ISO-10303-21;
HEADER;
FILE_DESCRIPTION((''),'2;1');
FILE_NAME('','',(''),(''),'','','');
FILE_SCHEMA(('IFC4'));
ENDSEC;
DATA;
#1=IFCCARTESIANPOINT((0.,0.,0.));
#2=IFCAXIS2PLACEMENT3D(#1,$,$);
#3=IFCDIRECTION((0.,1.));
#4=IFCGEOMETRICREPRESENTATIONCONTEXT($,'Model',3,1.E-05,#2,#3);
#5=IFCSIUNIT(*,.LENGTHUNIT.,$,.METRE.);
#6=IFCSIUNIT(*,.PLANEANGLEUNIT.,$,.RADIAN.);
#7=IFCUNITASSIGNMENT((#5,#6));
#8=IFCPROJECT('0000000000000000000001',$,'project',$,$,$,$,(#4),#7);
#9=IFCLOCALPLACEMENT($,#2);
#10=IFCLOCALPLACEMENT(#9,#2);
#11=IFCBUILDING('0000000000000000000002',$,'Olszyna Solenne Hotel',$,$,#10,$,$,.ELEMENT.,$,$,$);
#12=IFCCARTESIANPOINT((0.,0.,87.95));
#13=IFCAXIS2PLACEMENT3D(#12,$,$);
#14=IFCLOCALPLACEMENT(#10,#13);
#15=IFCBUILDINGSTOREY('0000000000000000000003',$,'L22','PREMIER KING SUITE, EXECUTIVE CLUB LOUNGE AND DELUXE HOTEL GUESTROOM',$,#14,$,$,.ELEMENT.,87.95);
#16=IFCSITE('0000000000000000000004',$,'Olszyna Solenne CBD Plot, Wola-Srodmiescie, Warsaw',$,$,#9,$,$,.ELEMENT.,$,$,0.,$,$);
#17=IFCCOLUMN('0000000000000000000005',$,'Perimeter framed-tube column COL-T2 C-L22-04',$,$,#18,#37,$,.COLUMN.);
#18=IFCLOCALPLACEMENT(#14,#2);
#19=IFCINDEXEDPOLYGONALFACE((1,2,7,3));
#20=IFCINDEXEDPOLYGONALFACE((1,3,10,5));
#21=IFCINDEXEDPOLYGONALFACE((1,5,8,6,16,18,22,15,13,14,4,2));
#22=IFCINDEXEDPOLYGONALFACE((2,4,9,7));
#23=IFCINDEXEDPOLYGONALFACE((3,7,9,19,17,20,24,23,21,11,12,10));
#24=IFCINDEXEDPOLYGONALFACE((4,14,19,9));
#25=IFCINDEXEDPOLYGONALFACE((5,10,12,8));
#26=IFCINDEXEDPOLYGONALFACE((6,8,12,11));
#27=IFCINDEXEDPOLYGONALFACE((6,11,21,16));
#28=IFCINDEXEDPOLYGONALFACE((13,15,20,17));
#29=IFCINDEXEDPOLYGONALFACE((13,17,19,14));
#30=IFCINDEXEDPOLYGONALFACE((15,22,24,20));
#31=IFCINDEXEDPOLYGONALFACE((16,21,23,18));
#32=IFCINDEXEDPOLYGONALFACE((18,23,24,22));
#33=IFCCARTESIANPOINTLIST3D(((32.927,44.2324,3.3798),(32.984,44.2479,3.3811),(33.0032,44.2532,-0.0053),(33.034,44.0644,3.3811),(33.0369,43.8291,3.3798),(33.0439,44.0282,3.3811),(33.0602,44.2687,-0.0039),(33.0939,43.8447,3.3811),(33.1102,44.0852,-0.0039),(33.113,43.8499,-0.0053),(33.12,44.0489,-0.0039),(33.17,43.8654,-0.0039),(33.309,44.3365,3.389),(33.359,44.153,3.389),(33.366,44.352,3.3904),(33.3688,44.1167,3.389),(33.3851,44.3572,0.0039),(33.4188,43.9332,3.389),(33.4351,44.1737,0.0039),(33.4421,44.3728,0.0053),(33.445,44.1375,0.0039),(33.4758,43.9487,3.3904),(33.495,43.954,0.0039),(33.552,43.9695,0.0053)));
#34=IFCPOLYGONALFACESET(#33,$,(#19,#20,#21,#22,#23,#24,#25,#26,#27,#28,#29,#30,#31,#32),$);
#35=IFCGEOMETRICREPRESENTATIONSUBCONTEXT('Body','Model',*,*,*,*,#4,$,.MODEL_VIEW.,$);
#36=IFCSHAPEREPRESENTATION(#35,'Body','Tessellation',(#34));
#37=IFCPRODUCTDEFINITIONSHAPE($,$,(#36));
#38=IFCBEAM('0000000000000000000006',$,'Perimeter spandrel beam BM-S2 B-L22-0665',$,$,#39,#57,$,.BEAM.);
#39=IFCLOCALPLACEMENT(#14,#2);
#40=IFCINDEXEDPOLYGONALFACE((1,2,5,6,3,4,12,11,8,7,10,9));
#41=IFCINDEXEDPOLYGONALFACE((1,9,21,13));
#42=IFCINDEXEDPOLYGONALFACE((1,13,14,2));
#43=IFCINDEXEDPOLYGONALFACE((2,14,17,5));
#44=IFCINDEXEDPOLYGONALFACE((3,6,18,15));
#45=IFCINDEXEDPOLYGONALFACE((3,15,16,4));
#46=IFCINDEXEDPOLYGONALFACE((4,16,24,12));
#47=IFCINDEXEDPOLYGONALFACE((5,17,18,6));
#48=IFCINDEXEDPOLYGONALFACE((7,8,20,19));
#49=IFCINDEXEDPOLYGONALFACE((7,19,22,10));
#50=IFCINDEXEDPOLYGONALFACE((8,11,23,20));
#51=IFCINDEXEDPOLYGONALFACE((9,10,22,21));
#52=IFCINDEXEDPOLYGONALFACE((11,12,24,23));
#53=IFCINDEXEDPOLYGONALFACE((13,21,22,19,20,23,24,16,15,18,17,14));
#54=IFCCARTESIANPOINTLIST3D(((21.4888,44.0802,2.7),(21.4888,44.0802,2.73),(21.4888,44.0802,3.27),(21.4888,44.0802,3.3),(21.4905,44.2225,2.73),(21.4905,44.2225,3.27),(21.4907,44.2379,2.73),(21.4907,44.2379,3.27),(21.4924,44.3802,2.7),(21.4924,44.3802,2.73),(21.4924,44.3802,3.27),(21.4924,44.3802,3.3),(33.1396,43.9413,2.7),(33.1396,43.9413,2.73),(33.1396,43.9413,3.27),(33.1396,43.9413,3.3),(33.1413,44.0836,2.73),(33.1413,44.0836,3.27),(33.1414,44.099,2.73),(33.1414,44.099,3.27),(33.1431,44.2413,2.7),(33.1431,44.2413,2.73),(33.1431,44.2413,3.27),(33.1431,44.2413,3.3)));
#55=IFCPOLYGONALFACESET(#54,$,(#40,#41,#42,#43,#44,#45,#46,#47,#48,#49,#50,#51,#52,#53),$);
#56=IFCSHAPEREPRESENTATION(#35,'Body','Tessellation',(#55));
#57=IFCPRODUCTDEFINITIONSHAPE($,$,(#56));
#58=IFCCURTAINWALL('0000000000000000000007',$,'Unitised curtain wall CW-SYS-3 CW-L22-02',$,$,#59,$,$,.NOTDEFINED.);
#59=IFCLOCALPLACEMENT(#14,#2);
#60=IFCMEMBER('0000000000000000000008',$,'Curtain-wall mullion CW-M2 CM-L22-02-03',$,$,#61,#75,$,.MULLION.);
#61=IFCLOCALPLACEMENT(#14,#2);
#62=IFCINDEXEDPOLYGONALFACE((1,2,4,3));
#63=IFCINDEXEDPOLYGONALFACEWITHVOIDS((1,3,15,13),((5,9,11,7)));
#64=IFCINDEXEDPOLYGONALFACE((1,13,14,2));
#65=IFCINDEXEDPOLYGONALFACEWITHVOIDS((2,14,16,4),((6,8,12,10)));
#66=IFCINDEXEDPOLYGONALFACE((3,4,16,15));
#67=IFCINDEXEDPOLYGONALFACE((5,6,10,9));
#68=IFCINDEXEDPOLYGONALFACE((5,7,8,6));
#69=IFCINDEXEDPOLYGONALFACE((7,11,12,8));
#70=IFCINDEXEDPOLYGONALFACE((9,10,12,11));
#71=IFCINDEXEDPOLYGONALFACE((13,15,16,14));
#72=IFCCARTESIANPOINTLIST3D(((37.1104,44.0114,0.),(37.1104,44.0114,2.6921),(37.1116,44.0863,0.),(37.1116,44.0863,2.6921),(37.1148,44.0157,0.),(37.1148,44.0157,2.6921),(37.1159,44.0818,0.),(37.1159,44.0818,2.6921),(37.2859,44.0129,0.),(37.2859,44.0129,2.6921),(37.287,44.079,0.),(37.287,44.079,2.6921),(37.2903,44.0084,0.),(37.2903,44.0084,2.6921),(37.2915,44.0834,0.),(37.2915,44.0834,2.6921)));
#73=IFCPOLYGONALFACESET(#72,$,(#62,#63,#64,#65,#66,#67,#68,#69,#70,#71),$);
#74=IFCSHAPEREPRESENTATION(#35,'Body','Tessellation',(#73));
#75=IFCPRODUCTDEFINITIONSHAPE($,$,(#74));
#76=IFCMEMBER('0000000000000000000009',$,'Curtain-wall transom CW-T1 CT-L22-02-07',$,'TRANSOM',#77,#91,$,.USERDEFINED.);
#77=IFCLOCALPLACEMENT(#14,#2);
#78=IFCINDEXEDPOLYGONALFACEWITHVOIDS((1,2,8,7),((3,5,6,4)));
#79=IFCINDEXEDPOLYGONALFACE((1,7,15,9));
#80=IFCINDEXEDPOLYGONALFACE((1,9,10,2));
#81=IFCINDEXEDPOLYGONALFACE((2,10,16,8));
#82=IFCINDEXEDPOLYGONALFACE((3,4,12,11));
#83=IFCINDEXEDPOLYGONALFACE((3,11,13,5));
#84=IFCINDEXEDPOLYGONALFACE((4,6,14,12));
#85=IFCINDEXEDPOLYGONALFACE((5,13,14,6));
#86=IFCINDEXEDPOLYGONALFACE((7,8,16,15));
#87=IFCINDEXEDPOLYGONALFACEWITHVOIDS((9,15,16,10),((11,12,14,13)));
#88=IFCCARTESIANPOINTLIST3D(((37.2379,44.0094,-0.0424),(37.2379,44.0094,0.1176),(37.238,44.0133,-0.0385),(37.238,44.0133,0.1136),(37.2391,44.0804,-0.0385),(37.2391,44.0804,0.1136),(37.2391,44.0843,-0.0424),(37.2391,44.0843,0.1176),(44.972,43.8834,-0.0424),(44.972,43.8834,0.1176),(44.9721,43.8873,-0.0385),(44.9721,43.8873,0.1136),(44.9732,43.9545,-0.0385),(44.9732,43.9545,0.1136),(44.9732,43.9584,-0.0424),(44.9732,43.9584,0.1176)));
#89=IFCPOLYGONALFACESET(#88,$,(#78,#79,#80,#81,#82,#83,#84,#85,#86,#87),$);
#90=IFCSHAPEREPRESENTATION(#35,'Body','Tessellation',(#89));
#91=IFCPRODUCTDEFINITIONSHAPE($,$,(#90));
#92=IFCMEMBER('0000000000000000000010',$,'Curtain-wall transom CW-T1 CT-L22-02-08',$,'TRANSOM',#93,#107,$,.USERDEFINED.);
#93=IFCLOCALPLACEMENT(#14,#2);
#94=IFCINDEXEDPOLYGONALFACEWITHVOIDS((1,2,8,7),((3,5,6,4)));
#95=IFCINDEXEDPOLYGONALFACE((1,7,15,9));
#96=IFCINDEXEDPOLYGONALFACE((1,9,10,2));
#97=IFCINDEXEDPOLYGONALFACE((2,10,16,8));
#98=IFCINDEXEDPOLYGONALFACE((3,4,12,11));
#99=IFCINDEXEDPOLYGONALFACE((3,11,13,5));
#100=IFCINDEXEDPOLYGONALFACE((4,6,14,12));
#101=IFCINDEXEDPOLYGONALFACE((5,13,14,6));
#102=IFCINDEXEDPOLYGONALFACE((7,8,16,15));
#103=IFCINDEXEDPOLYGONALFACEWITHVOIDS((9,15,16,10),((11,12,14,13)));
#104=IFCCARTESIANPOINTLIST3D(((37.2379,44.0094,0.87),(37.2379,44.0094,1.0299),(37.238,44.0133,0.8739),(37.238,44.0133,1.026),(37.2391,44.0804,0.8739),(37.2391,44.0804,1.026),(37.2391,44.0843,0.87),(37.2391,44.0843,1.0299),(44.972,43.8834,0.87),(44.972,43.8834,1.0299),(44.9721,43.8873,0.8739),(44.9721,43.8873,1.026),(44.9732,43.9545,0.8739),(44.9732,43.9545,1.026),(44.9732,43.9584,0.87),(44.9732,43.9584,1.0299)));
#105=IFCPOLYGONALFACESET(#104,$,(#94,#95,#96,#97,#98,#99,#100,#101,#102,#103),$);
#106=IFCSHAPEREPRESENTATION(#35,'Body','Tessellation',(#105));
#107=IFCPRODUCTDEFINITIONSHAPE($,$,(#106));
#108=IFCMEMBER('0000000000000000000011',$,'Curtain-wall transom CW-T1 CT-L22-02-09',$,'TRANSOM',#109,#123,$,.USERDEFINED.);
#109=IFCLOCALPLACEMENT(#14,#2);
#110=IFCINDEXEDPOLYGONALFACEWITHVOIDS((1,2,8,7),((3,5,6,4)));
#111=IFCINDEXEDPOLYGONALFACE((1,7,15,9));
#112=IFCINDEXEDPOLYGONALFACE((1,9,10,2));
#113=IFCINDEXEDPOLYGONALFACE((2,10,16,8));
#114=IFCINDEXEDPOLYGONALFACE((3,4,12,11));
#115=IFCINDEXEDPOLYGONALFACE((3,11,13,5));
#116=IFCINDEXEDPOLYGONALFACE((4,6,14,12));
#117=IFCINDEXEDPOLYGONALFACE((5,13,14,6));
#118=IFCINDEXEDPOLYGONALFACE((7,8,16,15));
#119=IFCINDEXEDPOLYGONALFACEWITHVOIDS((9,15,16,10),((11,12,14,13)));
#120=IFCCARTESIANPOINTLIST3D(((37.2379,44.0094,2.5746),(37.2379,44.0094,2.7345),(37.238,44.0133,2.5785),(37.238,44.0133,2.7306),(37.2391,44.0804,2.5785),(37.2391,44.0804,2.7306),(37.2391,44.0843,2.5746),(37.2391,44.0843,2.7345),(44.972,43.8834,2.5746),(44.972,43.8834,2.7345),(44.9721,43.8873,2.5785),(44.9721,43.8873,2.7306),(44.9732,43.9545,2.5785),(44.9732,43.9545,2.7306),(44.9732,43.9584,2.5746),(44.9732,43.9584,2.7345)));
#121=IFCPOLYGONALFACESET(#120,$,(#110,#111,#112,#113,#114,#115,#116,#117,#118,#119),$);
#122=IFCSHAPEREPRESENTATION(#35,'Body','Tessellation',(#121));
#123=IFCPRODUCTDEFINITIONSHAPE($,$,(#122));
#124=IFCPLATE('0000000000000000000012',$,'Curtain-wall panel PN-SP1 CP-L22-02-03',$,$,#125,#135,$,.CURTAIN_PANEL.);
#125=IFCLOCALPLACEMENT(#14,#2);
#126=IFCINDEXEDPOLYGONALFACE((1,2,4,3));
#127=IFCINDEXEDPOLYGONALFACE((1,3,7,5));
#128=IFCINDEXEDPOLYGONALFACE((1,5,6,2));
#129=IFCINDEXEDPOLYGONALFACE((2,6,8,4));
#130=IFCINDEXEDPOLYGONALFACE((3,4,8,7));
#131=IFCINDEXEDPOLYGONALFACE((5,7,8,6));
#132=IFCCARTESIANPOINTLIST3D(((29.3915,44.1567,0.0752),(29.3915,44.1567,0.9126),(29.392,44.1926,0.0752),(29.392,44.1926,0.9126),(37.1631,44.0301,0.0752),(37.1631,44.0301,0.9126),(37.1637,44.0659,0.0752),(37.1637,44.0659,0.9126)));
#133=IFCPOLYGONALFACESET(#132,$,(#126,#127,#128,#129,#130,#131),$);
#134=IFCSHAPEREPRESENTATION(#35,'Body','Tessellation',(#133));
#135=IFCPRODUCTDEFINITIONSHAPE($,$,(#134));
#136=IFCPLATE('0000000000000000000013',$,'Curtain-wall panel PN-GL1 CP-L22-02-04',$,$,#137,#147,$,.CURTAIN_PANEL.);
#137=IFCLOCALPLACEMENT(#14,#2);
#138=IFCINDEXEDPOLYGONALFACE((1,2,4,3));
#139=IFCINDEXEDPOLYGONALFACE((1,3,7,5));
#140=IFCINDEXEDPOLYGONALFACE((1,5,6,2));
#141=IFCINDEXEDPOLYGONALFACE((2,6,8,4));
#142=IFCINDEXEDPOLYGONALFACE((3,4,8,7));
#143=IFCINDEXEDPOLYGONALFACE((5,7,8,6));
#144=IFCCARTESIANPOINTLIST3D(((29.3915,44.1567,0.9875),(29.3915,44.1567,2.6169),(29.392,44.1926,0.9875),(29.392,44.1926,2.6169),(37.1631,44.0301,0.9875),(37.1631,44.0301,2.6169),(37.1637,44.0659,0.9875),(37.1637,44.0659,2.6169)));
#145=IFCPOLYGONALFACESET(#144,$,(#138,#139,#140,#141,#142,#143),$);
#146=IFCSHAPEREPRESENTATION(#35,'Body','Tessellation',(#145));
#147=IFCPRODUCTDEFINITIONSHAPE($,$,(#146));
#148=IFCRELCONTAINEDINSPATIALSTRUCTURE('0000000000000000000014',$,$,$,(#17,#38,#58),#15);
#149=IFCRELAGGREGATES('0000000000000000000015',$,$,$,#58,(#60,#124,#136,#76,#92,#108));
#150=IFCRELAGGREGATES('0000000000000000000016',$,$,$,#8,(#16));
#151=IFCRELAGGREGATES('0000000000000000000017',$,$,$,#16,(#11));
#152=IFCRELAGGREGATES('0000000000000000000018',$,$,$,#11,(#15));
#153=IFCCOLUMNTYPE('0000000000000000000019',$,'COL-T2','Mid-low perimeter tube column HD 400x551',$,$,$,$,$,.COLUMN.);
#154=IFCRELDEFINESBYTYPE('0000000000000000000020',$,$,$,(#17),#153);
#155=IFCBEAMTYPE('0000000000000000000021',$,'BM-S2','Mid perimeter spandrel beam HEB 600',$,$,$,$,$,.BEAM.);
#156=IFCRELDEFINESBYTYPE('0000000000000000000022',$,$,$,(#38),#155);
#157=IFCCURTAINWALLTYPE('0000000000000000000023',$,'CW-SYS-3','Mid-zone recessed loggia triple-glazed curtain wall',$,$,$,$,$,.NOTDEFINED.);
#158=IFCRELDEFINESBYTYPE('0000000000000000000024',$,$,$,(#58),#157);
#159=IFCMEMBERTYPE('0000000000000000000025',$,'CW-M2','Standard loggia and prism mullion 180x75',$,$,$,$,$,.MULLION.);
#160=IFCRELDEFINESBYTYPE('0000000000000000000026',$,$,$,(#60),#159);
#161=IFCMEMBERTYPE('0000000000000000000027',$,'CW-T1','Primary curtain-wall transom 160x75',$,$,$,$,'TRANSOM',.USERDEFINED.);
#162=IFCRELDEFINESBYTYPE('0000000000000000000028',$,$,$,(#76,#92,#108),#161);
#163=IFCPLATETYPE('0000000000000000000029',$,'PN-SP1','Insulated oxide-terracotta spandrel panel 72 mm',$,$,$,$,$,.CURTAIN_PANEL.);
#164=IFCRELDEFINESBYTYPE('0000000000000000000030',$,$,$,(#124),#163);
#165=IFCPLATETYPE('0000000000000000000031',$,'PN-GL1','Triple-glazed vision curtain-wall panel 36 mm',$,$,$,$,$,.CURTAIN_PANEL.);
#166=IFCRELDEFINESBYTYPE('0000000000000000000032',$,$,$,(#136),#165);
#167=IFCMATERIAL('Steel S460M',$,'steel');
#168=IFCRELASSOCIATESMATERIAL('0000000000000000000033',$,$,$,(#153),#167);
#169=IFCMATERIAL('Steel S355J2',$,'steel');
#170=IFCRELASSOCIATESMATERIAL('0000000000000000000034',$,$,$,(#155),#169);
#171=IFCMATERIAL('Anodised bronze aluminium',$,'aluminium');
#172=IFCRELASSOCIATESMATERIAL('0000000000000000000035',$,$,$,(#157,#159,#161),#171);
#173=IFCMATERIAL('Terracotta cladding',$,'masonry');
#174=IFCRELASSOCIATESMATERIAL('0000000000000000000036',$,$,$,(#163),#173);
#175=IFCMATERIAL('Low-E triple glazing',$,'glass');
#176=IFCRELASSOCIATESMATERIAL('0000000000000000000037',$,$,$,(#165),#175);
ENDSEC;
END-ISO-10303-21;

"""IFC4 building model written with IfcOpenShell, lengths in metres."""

from ifc_helpers import new_model, si_unit, direction, frame, origin, origin_2d, place, context, subcontext, project, spatial, rectangle, hollow_rectangle, i_section, extrude, source, transform, mapped, material, material_profile, profile_set, type_object, element, aggregate, save


model = new_model("IFC4")

# Units and contexts
model_context = context("Model", 3, precision=1e-05, world=origin(), true_north=direction((0.0, 1.0)))
body_context = subcontext(model_context, "Body", "Model", "MODEL_VIEW")
ifc_project = project(units=[si_unit("LENGTHUNIT", "METRE"), si_unit("PLANEANGLEUNIT", "RADIAN")], contexts=[model_context])

# Site, building, storey
site_placement = place(None, origin())
site = spatial("IfcSite", under=ifc_project, at=site_placement, Name="Olszyna Solenne CBD Plot, Wola-Srodmiescie, Warsaw", CompositionType="ELEMENT", RefElevation=0.0)
building_placement = place(site_placement, origin())
building = spatial("IfcBuilding", under=site, at=building_placement, Name="Olszyna Solenne Hotel", CompositionType="ELEMENT")
storey_placement = place(building_placement, frame((0.0, 0.0, 87.95)))
storey = spatial("IfcBuildingStorey", under=building, at=storey_placement, Name="L22", Description="PREMIER KING SUITE, EXECUTIVE CLUB LOUNGE AND DELUXE HOTEL GUESTROOM", CompositionType="ELEMENT", Elevation=87.95)

# Column
ifc_material_1 = material(Name="Steel S460M", Category="steel")
ifc_material_profile_1 = material_profile(ifc_material_1, i_section(OverallWidth=0.418, OverallDepth=0.4551, WebThickness=0.0376, FlangeThickness=0.0591, at=origin_2d()), Name="HD 400x551", Category="load-bearing")
ifc_profile_set_1 = profile_set([ifc_material_profile_1], Name="Steel S460M")
column_type = type_object("IfcColumnType", Name="COL-T2", Description="Mid-low perimeter tube column HD 400x551", PredefinedType="COLUMN", material=ifc_profile_set_1)
shared_shape_1 = source(origin(), body_context, "Body", "SweptSolid", [
    extrude(i_section(OverallWidth=0.418, OverallDepth=0.4551, WebThickness=0.0376, FlangeThickness=0.0591, at=origin_2d()), origin(), (0.0, 0.0, 1.0), 3.386),
])
column_placement = place(storey_placement, frame((33.2776, 44.1113, 0.0), z_axis=(-0.022497, -0.006129, 0.999728), x_axis=(0.262856, -0.964835, 0.0)))
element("IfcColumn", 1, at=column_placement, inside=storey, type_object=column_type, Name="Perimeter framed-tube column COL-T2 C-L22-04", PredefinedType="COLUMN", context=body_context, shape_type="MappedRepresentation", body=[
    mapped(shared_shape_1, transform((0.0, 0.0, 0.0), x_axis=(1.0, 0.0, 0.0), y_axis=(0.0, 1.0, 0.0), z_axis=(0.0, 0.0, 1.0), scale=1.0)),
])

# Beam
ifc_material_2 = material(Name="Steel S355J2", Category="steel")
ifc_material_profile_2 = material_profile(ifc_material_2, i_section(OverallWidth=0.3, OverallDepth=0.6001, WebThickness=0.0154, FlangeThickness=0.03, at=origin_2d()), Name="HEB 600", Category="load-bearing")
ifc_profile_set_2 = profile_set([ifc_material_profile_2], Name="Steel S355J2")
beam_type = type_object("IfcBeamType", Name="BM-S2", Description="Mid perimeter spandrel beam HEB 600", PredefinedType="BEAM", material=ifc_profile_set_2)
shared_shape_2 = source(origin(), body_context, "Body", "SweptSolid", [
    extrude(i_section(OverallWidth=0.3, OverallDepth=0.6001, WebThickness=0.0154, FlangeThickness=0.03, at=origin_2d()), origin(), (0.0, 0.0, 1.0), 11.6516),
])
beam_placement = place(storey_placement, frame((33.1414, 44.0913, 3.0), z_axis=(-0.999929, 0.011922, 0.0), x_axis=(-0.011922, -0.999929, 0.0)))
element("IfcBeam", 2, at=beam_placement, inside=storey, type_object=beam_type, Name="Perimeter spandrel beam BM-S2 B-L22-0665", PredefinedType="BEAM", context=body_context, shape_type="MappedRepresentation", body=[
    mapped(shared_shape_2, transform((0.0, 0.0, 0.0), x_axis=(1.0, 0.0, 0.0), y_axis=(0.0, 1.0, 0.0), z_axis=(0.0, 0.0, 1.0), scale=1.0)),
])

# Curtain wall, members, plates
ifc_material_3 = material(Name="Anodised bronze aluminium", Category="aluminium")
curtain_wall_type = type_object("IfcCurtainWallType", Name="CW-SYS-3", Description="Mid-zone recessed loggia triple-glazed curtain wall", PredefinedType="NOTDEFINED", material=ifc_material_3)
curtain_wall_placement = place(storey_placement, origin())
curtain_wall = element("IfcCurtainWall", 3, at=curtain_wall_placement, inside=storey, type_object=curtain_wall_type, Name="Unitised curtain wall CW-SYS-3 CW-L22-02", PredefinedType="NOTDEFINED")
ifc_material_profile_3 = material_profile(ifc_material_3, hollow_rectangle(XDim=0.075, YDim=0.1799, WallThickness=0.0044, at=origin_2d()), Name="MULL 180x75x4.5", Category="load-bearing")
ifc_profile_set_3 = profile_set([ifc_material_profile_3], Name="Anodised bronze aluminium")
member_type_1 = type_object("IfcMemberType", Name="CW-M2", Description="Standard loggia and prism mullion 180x75", PredefinedType="MULLION", material=ifc_profile_set_3)
shared_shape_3 = source(origin(), body_context, "Body", "SweptSolid", [
    extrude(hollow_rectangle(XDim=0.075, YDim=0.1799, WallThickness=0.0044, at=origin_2d()), origin(), (0.0, 0.0, 1.0), 2.6921),
])
member_1_placement = place(storey_placement, frame((37.2009, 44.0474, 0.0), z_axis=(0.0, 0.0, 1.0), x_axis=(0.016293, 0.999867, 0.0)))
member_1 = element("IfcMember", 4, at=member_1_placement, type_object=member_type_1, Name="Curtain-wall mullion CW-M2 CM-L22-02-03", PredefinedType="MULLION", context=body_context, shape_type="MappedRepresentation", body=[
    mapped(shared_shape_3, transform((0.0, 0.0, 0.0), x_axis=(1.0, 0.0, 0.0), y_axis=(0.0, 1.0, 0.0), z_axis=(0.0, 0.0, 1.0), scale=1.0)),
])
ifc_material_profile_4 = material_profile(ifc_material_3, hollow_rectangle(XDim=0.075, YDim=0.1599, WallThickness=0.0039, at=origin_2d()), Name="TRAN 160x75x4", Category="load-bearing")
ifc_profile_set_4 = profile_set([ifc_material_profile_4], Name="Anodised bronze aluminium")
member_type_2 = type_object("IfcMemberType", Name="CW-T1", Description="Primary curtain-wall transom 160x75", ElementType="TRANSOM", PredefinedType="USERDEFINED", material=ifc_profile_set_4)
shared_shape_4 = source(origin(), body_context, "Body", "SweptSolid", [
    extrude(hollow_rectangle(XDim=0.075, YDim=0.1599, WallThickness=0.0039, at=origin_2d()), origin(), (0.0, 0.0, 1.0), 7.7351),
])
member_2_placement = place(storey_placement, frame((37.2385, 44.0469, 0.0376), z_axis=(0.999867, -0.016286, 0.0), x_axis=(0.016286, 0.999867, 0.0)))
member_2 = element("IfcMember", 5, at=member_2_placement, type_object=member_type_2, Name="Curtain-wall transom CW-T1 CT-L22-02-07", ObjectType="TRANSOM", PredefinedType="USERDEFINED", context=body_context, shape_type="MappedRepresentation", body=[
    mapped(shared_shape_4, transform((0.0, 0.0, 0.0), x_axis=(1.0, 0.0, 0.0), y_axis=(0.0, 1.0, 0.0), z_axis=(0.0, 0.0, 1.0), scale=1.0)),
])
member_3_placement = place(storey_placement, frame((37.2385, 44.0469, 0.95), z_axis=(0.999867, -0.016286, 0.0), x_axis=(0.016286, 0.999867, 0.0)))
member_3 = element("IfcMember", 6, at=member_3_placement, type_object=member_type_2, Name="Curtain-wall transom CW-T1 CT-L22-02-08", ObjectType="TRANSOM", PredefinedType="USERDEFINED", context=body_context, shape_type="MappedRepresentation", body=[
    mapped(shared_shape_4, transform((0.0, 0.0, 0.0), x_axis=(1.0, 0.0, 0.0), y_axis=(0.0, 1.0, 0.0), z_axis=(0.0, 0.0, 1.0), scale=1.0)),
])
member_4_placement = place(storey_placement, frame((37.2385, 44.0469, 2.6545), z_axis=(0.999867, -0.016286, 0.0), x_axis=(0.016286, 0.999867, 0.0)))
member_4 = element("IfcMember", 7, at=member_4_placement, type_object=member_type_2, Name="Curtain-wall transom CW-T1 CT-L22-02-09", ObjectType="TRANSOM", PredefinedType="USERDEFINED", context=body_context, shape_type="MappedRepresentation", body=[
    mapped(shared_shape_4, transform((0.0, 0.0, 0.0), x_axis=(1.0, 0.0, 0.0), y_axis=(0.0, 1.0, 0.0), z_axis=(0.0, 0.0, 1.0), scale=1.0)),
])
ifc_material_4 = material(Name="Terracotta cladding", Category="masonry")
plate_type_1 = type_object("IfcPlateType", Name="PN-SP1", Description="Insulated oxide-terracotta spandrel panel 72 mm", PredefinedType="CURTAIN_PANEL", material=ifc_material_4)
shared_shape_5 = source(origin(), body_context, "Body", "SweptSolid", [
    extrude(rectangle(XDim=7.7727, YDim=0.0359, at=origin_2d()), origin(), (0.0, 0.0, 1.0), 0.8374),
])
plate_1_placement = place(storey_placement, frame((33.2776, 44.1113, 0.0752), z_axis=(0.0, 0.0, 1.0), x_axis=(0.999867, -0.016293, 0.0)))
plate_1 = element("IfcPlate", 8, at=plate_1_placement, type_object=plate_type_1, Name="Curtain-wall panel PN-SP1 CP-L22-02-03", PredefinedType="CURTAIN_PANEL", context=body_context, shape_type="MappedRepresentation", body=[
    mapped(shared_shape_5, transform((0.0, 0.0, 0.0), x_axis=(1.0, 0.0, 0.0), y_axis=(0.0, 1.0, 0.0), z_axis=(0.0, 0.0, 1.0), scale=1.0)),
])
ifc_material_5 = material(Name="Low-E triple glazing", Category="glass")
plate_type_2 = type_object("IfcPlateType", Name="PN-GL1", Description="Triple-glazed vision curtain-wall panel 36 mm", PredefinedType="CURTAIN_PANEL", material=ifc_material_5)
shared_shape_6 = source(origin(), body_context, "Body", "SweptSolid", [
    extrude(rectangle(XDim=7.7727, YDim=0.0359, at=origin_2d()), origin(), (0.0, 0.0, 1.0), 1.6294),
])
plate_2_placement = place(storey_placement, frame((33.2776, 44.1113, 0.9875), z_axis=(0.0, 0.0, 1.0), x_axis=(0.999867, -0.016293, 0.0)))
plate_2 = element("IfcPlate", 9, at=plate_2_placement, type_object=plate_type_2, Name="Curtain-wall panel PN-GL1 CP-L22-02-04", PredefinedType="CURTAIN_PANEL", context=body_context, shape_type="MappedRepresentation", body=[
    mapped(shared_shape_6, transform((0.0, 0.0, 0.0), x_axis=(1.0, 0.0, 0.0), y_axis=(0.0, 1.0, 0.0), z_axis=(0.0, 0.0, 1.0), scale=1.0)),
])
aggregate(curtain_wall, [member_1, plate_1, plate_2, member_2, member_3, member_4])

save(model, "model.ifc")
